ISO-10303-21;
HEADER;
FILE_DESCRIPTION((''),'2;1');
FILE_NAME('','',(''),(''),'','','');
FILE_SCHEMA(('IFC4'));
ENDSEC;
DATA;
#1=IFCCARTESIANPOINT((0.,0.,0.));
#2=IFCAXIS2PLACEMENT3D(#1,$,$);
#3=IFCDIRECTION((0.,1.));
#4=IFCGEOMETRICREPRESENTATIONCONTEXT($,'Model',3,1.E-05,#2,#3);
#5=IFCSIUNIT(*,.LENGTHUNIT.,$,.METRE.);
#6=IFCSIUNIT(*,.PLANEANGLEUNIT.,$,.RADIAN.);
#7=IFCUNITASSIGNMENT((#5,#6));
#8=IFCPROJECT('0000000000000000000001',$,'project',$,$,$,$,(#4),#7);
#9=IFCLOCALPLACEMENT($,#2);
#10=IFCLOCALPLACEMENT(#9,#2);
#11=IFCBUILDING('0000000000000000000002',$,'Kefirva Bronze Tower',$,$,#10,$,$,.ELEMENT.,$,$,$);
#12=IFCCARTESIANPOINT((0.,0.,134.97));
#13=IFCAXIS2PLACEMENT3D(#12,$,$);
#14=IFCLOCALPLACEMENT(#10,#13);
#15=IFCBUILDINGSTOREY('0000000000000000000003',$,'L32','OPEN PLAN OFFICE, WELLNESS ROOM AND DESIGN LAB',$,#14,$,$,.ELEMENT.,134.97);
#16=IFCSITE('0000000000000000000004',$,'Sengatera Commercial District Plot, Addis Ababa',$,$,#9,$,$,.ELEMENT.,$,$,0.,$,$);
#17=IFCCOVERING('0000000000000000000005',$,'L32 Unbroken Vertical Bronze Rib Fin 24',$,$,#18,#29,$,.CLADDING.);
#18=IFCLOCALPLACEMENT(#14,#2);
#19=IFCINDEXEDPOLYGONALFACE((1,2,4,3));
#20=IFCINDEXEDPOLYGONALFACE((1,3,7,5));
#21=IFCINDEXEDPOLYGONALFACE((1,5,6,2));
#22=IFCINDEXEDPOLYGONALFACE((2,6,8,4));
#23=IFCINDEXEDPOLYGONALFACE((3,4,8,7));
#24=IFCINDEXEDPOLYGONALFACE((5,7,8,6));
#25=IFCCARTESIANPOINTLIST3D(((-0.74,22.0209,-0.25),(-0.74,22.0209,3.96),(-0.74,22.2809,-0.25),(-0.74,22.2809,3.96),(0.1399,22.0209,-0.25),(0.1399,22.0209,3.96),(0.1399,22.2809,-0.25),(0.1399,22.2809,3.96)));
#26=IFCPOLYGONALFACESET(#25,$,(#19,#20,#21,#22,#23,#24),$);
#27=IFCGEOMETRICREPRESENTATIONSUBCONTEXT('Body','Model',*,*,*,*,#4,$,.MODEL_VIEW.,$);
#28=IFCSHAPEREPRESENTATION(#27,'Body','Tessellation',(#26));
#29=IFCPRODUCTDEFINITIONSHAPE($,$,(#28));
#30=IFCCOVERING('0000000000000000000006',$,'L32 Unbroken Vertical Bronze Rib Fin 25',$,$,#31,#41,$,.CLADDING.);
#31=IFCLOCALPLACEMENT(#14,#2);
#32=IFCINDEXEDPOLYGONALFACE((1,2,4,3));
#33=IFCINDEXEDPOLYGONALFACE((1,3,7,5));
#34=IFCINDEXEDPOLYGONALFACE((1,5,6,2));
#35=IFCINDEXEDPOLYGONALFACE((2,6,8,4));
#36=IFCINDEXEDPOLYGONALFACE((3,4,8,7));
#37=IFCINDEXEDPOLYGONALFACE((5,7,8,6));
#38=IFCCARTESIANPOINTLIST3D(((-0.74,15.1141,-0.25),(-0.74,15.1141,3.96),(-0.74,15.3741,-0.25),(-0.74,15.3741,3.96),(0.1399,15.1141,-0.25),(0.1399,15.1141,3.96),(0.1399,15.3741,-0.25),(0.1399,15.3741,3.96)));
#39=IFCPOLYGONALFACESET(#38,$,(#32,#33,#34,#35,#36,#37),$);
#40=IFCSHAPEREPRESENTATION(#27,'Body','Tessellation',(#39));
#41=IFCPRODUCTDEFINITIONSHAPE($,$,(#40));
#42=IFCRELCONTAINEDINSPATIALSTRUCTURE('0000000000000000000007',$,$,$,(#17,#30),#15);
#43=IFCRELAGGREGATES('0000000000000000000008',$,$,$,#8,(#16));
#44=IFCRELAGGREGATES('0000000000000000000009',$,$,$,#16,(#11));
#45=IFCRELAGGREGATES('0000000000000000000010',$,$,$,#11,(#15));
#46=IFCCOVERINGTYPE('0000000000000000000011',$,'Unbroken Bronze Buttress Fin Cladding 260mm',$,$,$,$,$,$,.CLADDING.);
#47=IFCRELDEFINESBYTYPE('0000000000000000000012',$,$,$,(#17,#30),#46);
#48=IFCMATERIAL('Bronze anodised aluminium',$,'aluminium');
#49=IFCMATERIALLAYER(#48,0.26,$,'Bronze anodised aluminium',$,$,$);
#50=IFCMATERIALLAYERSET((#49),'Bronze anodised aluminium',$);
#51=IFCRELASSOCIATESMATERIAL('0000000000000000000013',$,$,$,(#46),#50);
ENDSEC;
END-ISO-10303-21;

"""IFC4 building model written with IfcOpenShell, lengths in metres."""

from ifc_helpers import new_model, si_unit, direction, frame, origin, origin_2d, place, context, subcontext, project, spatial, rectangle, extrude, material, layer, layer_set, type_object, element, save


model = new_model("IFC4")

# Units and contexts
model_context = context("Model", 3, precision=1e-05, world=origin(), true_north=direction((0.0, 1.0)))
body_context = subcontext(model_context, "Body", "Model", "MODEL_VIEW")
ifc_project = project(units=[si_unit("LENGTHUNIT", "METRE"), si_unit("PLANEANGLEUNIT", "RADIAN")], contexts=[model_context])

# Site, building, storey
site_placement = place(None, origin())
site = spatial("IfcSite", under=ifc_project, at=site_placement, Name="Sengatera Commercial District Plot, Addis Ababa", CompositionType="ELEMENT", RefElevation=0.0)
building_placement = place(site_placement, origin())
building = spatial("IfcBuilding", under=site, at=building_placement, Name="Kefirva Bronze Tower", CompositionType="ELEMENT")
storey_placement = place(building_placement, frame((0.0, 0.0, 134.97)))
storey = spatial("IfcBuildingStorey", under=building, at=storey_placement, Name="L32", Description="OPEN PLAN OFFICE, WELLNESS ROOM AND DESIGN LAB", CompositionType="ELEMENT", Elevation=134.97)

# Shared definitions
ifc_material_1 = material(Name="Bronze anodised aluminium", Category="aluminium")

# Coverings
ifc_layer_1 = layer(ifc_material_1, 0.26, Name="Bronze anodised aluminium")
ifc_layer_set_1 = layer_set([ifc_layer_1], Name="Bronze anodised aluminium")
covering_type_1 = type_object("IfcCoveringType", Name="Unbroken Bronze Buttress Fin Cladding 260mm", PredefinedType="CLADDING", material=ifc_layer_set_1)
for number, where, z_axis, x_axis, name in (
    (1, (-0.3, 22.1509, -0.25), (0.0, 0.0, 1.0), (0.0, -1.0, 0.0), "L32 Unbroken Vertical Bronze Rib Fin 24"),
    (2, (-0.3, 15.2441, -0.25), (0.0, 0.0, 1.0), (0.0, -1.0, 0.0), "L32 Unbroken Vertical Bronze Rib Fin 25"),
):
    element("IfcCovering", number, at=place(storey_placement, frame(where, z_axis=z_axis, x_axis=x_axis)), inside=storey, type_object=covering_type_1, Name=name, PredefinedType="CLADDING", context=body_context, shape_type="SweptSolid", body=[
        extrude(rectangle(XDim=0.26, YDim=0.8799, at=origin_2d()), origin(), (0.0, 0.0, 1.0), 4.21),
    ])

save(model, "model.ifc")
